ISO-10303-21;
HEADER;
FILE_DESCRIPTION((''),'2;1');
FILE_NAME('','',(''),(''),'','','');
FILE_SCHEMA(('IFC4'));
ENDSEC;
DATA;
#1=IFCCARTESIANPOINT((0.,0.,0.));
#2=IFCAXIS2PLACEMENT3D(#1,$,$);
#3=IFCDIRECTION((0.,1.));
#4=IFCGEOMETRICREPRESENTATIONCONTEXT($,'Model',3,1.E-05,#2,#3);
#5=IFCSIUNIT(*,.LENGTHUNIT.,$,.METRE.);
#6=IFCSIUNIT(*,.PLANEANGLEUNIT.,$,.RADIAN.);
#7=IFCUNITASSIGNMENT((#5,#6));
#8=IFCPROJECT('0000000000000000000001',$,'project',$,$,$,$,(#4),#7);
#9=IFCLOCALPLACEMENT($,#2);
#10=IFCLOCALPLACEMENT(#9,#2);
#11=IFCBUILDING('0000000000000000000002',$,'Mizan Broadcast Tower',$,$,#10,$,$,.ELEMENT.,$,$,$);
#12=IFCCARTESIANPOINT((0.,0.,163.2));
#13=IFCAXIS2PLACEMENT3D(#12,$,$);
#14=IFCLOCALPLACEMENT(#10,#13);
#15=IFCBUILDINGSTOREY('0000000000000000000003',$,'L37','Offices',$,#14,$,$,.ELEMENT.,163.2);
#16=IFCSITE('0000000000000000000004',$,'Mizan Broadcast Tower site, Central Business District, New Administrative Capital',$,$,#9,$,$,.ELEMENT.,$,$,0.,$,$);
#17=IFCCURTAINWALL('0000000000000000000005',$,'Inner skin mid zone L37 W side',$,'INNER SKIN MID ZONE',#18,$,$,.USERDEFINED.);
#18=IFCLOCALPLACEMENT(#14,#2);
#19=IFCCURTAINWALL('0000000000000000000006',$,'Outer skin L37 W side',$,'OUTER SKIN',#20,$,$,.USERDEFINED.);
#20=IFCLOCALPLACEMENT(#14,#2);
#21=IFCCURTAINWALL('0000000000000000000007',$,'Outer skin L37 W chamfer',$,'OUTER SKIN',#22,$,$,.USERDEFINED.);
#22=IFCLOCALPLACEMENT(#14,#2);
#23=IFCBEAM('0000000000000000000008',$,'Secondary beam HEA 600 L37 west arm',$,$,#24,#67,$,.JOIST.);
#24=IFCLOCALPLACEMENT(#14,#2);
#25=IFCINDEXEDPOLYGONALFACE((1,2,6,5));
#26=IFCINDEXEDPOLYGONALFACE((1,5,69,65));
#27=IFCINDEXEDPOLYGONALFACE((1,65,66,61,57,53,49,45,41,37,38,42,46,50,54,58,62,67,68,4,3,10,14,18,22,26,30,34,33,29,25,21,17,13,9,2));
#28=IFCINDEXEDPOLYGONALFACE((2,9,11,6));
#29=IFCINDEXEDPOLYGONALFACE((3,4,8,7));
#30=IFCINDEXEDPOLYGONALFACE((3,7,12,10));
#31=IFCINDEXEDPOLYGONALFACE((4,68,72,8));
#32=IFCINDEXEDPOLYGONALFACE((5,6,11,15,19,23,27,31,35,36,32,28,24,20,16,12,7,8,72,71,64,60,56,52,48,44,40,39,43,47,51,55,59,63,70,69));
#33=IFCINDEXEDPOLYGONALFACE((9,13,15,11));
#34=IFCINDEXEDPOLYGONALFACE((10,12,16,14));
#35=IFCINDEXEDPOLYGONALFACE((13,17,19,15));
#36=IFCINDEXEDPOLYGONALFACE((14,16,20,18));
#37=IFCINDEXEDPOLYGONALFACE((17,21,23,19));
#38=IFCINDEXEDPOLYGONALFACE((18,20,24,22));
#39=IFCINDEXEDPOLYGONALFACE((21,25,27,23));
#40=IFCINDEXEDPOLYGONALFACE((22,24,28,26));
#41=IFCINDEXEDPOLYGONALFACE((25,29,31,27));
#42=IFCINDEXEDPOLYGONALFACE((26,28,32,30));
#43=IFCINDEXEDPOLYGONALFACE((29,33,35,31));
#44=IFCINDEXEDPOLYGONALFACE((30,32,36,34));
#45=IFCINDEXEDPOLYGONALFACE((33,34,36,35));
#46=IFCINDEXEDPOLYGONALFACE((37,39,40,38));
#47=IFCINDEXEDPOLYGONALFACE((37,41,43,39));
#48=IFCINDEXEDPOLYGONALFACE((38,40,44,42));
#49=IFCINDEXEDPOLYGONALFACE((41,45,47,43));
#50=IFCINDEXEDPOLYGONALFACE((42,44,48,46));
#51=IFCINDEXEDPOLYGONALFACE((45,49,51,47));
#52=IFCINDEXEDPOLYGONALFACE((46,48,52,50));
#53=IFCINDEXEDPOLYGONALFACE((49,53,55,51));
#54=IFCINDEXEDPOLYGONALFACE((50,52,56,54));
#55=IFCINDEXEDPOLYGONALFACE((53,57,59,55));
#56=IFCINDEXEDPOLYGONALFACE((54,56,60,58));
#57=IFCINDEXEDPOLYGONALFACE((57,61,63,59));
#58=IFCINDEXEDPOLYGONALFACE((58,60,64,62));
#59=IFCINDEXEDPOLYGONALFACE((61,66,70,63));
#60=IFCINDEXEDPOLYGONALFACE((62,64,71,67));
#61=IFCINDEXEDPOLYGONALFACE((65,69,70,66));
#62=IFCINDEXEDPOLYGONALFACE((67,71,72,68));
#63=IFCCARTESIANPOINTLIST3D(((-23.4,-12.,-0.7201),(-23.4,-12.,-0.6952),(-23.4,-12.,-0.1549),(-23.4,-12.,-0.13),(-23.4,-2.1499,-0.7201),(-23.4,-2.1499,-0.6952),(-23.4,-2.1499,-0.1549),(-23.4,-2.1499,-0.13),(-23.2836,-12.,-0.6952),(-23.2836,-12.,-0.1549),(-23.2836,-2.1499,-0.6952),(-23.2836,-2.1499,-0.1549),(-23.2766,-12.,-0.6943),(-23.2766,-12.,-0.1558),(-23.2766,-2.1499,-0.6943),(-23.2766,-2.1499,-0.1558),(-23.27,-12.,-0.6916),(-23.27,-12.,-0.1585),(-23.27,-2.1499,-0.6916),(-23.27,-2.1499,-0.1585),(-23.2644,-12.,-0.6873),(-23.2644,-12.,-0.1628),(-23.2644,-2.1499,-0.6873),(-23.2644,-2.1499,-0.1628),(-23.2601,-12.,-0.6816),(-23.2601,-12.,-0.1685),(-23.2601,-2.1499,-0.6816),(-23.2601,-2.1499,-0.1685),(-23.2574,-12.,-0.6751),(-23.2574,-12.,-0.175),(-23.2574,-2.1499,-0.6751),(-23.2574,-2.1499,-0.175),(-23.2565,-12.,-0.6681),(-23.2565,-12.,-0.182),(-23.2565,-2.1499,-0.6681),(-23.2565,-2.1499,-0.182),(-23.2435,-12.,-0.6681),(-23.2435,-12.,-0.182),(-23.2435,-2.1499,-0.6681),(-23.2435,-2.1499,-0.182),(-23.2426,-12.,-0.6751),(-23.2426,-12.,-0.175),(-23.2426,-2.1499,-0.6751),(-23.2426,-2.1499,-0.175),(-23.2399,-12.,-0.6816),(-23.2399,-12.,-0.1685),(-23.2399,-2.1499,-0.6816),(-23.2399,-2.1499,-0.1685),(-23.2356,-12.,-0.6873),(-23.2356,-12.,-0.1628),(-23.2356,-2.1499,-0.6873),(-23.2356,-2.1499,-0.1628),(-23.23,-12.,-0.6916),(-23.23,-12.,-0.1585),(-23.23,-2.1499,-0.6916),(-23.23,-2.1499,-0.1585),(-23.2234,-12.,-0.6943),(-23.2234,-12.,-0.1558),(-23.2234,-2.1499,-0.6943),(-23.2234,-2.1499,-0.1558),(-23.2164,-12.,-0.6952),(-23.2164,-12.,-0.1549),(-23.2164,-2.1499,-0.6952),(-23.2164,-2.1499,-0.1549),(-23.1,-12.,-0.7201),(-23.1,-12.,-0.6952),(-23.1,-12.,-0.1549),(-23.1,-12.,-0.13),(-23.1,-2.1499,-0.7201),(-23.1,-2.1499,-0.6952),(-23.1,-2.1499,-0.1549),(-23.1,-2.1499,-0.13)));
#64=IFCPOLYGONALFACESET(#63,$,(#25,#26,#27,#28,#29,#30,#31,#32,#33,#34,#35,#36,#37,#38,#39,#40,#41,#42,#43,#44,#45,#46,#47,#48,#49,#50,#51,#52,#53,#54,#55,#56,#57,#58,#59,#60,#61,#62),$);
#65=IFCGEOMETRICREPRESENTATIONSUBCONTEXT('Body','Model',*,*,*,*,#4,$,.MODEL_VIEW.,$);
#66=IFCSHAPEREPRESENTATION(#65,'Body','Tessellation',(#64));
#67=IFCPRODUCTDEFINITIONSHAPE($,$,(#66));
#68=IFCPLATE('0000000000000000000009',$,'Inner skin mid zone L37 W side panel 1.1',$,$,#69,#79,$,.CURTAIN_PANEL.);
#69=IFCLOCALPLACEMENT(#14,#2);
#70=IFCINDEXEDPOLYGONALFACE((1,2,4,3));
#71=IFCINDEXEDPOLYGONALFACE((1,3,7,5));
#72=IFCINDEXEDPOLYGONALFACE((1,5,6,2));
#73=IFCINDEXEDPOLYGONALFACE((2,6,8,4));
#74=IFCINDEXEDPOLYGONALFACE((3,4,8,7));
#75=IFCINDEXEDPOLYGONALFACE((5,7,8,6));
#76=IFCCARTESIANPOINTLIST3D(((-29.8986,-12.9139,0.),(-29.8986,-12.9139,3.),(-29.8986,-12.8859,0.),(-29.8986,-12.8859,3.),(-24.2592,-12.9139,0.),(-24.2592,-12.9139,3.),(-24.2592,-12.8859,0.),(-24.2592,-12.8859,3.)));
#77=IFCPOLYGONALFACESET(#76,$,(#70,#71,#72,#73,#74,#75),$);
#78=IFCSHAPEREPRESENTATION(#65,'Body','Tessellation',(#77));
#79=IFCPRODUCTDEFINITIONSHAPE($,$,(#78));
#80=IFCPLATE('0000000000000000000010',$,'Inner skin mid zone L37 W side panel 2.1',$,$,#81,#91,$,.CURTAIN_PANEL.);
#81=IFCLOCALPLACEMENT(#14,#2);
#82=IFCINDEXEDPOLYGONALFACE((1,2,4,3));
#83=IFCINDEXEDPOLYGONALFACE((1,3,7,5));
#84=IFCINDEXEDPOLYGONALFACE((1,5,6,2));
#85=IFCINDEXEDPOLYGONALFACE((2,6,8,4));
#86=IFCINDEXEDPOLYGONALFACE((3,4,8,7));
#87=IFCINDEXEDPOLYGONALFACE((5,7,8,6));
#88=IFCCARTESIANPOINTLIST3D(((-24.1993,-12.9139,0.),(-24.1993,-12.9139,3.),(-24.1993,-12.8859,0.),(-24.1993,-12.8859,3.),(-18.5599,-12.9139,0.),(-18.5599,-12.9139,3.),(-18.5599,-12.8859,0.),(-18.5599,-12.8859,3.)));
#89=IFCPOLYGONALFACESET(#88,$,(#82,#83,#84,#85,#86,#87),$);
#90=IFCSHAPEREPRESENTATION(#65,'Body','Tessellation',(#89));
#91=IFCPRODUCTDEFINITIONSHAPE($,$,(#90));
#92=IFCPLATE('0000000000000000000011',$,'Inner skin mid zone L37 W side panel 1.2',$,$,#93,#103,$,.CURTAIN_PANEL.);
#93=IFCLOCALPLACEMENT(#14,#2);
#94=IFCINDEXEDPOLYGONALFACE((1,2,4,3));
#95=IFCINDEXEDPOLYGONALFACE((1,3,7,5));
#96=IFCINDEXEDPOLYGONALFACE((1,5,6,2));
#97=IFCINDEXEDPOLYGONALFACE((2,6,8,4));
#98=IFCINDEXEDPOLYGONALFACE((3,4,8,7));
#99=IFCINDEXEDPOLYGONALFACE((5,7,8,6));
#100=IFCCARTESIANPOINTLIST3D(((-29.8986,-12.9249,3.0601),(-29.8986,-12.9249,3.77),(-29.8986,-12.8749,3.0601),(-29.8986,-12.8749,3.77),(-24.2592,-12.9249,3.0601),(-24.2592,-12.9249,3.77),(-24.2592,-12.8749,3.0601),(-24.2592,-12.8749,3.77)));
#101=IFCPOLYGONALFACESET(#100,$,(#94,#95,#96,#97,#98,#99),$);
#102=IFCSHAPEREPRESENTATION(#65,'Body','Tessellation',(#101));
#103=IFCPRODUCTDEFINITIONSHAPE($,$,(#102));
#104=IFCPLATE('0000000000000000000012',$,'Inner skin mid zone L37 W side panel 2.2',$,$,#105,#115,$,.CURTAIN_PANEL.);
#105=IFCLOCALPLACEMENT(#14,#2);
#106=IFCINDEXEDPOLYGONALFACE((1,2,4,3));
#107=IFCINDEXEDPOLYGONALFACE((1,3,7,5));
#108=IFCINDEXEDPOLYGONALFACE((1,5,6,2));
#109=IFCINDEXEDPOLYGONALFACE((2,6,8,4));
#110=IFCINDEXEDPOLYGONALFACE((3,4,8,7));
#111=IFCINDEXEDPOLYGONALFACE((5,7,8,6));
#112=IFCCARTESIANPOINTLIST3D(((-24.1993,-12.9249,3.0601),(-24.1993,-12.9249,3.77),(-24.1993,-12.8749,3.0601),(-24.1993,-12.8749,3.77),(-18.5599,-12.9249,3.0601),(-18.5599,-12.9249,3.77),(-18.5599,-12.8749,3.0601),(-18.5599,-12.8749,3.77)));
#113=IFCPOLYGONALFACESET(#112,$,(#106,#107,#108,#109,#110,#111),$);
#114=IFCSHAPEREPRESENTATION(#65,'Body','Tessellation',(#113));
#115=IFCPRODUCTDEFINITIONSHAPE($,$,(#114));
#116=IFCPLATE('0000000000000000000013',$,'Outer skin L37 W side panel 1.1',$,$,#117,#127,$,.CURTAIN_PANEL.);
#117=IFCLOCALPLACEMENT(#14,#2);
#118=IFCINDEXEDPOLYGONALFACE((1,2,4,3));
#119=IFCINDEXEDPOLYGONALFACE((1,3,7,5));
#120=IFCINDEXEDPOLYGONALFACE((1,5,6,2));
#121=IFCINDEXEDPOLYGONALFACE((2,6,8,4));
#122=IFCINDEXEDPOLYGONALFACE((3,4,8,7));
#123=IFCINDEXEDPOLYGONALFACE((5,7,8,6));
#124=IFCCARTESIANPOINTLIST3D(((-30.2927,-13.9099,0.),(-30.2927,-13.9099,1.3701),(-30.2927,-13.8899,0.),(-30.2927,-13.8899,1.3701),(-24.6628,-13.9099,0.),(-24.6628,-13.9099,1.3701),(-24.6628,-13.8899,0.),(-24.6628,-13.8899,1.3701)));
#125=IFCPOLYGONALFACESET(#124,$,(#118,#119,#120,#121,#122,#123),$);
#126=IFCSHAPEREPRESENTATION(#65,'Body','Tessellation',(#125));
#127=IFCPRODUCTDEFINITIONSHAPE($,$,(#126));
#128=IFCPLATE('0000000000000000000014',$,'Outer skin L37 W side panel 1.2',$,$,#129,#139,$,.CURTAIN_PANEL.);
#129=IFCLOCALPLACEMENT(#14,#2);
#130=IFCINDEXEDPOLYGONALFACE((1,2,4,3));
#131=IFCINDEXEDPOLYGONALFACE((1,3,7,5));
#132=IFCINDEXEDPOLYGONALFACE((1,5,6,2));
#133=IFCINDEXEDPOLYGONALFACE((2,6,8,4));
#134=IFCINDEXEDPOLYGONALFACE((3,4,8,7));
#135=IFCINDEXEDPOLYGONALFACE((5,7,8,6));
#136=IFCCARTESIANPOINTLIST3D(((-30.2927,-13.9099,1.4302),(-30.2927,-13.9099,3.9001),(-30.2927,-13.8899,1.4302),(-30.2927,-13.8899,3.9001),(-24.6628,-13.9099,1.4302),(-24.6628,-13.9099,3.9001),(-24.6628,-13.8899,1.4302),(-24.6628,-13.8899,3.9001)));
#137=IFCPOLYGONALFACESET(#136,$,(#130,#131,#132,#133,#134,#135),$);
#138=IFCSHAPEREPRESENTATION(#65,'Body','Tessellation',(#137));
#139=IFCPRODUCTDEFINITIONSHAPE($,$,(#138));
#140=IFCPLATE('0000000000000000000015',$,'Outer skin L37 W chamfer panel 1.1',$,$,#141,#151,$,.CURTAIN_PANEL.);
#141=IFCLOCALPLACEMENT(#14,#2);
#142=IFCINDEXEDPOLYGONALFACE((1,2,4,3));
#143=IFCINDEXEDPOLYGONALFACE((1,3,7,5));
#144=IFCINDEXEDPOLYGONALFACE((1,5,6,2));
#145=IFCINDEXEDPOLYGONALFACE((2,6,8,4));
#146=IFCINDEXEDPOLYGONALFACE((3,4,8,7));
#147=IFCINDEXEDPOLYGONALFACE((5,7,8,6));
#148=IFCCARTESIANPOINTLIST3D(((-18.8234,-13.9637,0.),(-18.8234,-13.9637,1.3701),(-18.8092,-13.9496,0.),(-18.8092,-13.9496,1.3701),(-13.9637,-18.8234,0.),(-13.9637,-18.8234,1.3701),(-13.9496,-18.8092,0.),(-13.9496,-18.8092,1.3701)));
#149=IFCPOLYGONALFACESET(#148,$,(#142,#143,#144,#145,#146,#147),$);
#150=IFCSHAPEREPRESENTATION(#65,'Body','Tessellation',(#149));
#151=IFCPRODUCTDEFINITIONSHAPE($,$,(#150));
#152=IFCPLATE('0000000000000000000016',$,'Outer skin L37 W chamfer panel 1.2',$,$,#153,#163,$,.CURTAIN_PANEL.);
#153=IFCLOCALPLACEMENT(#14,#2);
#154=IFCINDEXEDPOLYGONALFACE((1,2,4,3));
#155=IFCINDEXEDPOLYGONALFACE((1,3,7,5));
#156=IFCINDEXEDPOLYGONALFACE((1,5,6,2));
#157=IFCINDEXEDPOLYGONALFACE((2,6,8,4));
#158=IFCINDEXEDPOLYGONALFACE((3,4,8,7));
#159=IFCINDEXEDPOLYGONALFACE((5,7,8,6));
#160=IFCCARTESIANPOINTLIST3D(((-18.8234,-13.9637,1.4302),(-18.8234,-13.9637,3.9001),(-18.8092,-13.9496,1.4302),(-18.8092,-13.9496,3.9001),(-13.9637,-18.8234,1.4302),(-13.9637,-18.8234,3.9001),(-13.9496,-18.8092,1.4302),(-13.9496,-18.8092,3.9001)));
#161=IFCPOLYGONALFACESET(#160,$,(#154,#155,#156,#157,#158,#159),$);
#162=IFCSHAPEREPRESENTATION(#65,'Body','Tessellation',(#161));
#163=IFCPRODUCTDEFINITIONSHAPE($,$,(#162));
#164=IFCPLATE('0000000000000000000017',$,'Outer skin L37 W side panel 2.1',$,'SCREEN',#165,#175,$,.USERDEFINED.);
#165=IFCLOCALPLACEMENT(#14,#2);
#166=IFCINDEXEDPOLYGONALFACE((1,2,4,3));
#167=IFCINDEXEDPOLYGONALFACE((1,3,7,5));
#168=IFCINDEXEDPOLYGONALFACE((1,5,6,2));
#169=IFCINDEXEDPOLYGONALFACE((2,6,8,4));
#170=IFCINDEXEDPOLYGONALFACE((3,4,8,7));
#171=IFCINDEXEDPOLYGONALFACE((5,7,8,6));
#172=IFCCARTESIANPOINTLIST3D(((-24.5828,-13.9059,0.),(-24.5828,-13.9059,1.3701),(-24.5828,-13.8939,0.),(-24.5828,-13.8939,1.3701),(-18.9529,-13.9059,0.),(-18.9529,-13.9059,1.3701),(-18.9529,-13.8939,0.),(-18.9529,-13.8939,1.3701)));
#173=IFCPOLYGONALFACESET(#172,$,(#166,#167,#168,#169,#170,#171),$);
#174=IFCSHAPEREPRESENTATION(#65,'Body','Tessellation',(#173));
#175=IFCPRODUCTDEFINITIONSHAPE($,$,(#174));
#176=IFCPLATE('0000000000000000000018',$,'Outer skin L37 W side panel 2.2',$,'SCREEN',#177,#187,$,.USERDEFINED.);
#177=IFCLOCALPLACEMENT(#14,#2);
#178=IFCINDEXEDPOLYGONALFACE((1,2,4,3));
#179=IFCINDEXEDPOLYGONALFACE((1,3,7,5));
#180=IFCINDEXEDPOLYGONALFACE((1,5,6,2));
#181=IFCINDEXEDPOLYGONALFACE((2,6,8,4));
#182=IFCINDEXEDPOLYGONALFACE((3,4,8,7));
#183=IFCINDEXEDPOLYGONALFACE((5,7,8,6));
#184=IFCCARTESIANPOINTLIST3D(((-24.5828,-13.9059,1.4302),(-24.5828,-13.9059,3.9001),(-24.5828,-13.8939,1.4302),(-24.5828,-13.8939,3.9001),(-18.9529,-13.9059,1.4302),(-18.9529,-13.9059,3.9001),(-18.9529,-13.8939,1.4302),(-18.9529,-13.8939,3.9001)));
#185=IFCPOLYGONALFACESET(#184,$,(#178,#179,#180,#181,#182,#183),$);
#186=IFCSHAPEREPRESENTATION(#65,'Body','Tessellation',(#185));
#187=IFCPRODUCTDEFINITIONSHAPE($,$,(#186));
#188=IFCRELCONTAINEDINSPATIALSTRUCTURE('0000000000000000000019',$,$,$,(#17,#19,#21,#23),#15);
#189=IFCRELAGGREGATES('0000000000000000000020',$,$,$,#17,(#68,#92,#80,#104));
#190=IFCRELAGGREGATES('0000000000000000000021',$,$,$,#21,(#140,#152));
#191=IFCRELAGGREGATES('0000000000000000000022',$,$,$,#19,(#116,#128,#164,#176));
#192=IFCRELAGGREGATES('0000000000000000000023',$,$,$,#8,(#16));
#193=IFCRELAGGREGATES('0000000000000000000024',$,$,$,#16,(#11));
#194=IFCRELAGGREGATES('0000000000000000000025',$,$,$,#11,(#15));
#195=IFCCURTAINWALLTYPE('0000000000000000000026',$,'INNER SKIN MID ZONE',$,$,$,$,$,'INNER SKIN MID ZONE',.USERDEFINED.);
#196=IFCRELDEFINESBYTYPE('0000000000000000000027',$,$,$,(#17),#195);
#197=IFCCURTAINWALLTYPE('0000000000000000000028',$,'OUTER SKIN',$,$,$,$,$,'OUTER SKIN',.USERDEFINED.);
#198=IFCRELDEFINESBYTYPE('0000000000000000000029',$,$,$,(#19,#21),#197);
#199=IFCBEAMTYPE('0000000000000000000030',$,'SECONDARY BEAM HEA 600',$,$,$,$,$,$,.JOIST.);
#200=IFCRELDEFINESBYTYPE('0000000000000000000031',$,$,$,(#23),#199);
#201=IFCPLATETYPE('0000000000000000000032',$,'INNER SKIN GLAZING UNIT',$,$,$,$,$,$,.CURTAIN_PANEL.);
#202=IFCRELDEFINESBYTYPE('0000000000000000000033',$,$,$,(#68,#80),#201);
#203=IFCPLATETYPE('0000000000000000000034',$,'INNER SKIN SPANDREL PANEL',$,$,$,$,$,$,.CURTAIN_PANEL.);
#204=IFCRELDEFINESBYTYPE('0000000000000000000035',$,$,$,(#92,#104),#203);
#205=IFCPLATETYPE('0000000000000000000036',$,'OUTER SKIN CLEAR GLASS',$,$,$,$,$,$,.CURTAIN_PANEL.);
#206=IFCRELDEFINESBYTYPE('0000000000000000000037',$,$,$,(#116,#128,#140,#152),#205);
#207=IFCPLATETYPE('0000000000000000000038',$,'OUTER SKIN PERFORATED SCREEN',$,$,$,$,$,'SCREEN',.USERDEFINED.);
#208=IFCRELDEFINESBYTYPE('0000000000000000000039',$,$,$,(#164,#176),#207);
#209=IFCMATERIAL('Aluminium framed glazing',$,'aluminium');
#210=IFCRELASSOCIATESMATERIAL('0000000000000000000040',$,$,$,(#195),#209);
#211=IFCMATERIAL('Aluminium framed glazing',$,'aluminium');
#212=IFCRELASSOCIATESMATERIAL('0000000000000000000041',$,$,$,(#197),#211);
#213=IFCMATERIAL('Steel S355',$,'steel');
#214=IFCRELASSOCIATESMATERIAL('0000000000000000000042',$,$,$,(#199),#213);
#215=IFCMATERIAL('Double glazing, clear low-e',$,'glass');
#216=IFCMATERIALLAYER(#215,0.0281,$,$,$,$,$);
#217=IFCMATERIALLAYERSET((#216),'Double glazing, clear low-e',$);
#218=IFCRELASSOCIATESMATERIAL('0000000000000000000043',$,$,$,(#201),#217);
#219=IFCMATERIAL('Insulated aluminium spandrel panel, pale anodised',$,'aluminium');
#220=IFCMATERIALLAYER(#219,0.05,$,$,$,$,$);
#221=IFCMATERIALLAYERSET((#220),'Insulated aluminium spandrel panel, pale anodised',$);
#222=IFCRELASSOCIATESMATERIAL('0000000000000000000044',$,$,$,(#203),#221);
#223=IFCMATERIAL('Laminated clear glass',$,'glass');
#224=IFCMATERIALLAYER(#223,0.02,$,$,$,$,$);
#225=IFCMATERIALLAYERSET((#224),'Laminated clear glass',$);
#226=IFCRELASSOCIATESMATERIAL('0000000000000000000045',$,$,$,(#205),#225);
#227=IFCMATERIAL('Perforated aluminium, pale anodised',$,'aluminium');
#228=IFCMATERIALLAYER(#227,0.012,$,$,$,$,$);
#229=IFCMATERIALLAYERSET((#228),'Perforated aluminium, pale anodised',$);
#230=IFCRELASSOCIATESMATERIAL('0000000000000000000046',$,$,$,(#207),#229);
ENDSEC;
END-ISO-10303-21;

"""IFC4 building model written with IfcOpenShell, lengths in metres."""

from ifc_helpers import new_model, si_unit, direction, frame, origin, origin_2d, place, context, subcontext, project, spatial, rectangle, i_section, extrude, material, layer, layer_set, material_profile, profile_set, type_object, element, aggregate, save


model = new_model("IFC4")

# Units and contexts
model_context = context("Model", 3, precision=1e-05, world=origin(), true_north=direction((0.0, 1.0)))
body_context = subcontext(model_context, "Body", "Model", "MODEL_VIEW")
ifc_project = project(units=[si_unit("LENGTHUNIT", "METRE"), si_unit("PLANEANGLEUNIT", "RADIAN")], contexts=[model_context])

# Site, building, storey
site_placement = place(None, origin())
site = spatial("IfcSite", under=ifc_project, at=site_placement, Name="Mizan Broadcast Tower site, Central Business District, New Administrative Capital", CompositionType="ELEMENT", RefElevation=0.0)
building_placement = place(site_placement, origin())
building = spatial("IfcBuilding", under=site, at=building_placement, Name="Mizan Broadcast Tower", CompositionType="ELEMENT")
storey_placement = place(building_placement, frame((0.0, 0.0, 163.2)))
storey = spatial("IfcBuildingStorey", under=building, at=storey_placement, Name="L37", Description="Offices", CompositionType="ELEMENT", Elevation=163.2)

# Curtain walls
ifc_material_1 = material(Name="Aluminium framed glazing", Category="aluminium")
curtain_wall_type_1 = type_object("IfcCurtainWallType", Name="INNER SKIN MID ZONE", ElementType="INNER SKIN MID ZONE", PredefinedType="USERDEFINED", material=ifc_material_1)
curtain_wall_1_placement = place(storey_placement, origin())
curtain_wall_1 = element("IfcCurtainWall", 1, at=curtain_wall_1_placement, inside=storey, type_object=curtain_wall_type_1, Name="Inner skin mid zone L37 W side", ObjectType="INNER SKIN MID ZONE", PredefinedType="USERDEFINED")
ifc_material_2 = material(Name="Aluminium framed glazing", Category="aluminium")
curtain_wall_type_2 = type_object("IfcCurtainWallType", Name="OUTER SKIN", ElementType="OUTER SKIN", PredefinedType="USERDEFINED", material=ifc_material_2)
curtain_wall_2_placement = place(storey_placement, origin())
curtain_wall_2 = element("IfcCurtainWall", 2, at=curtain_wall_2_placement, inside=storey, type_object=curtain_wall_type_2, Name="Outer skin L37 W side", ObjectType="OUTER SKIN", PredefinedType="USERDEFINED")

# Curtain wall
curtain_wall_3_placement = place(storey_placement, origin())
curtain_wall_3 = element("IfcCurtainWall", 3, at=curtain_wall_3_placement, inside=storey, type_object=curtain_wall_type_2, Name="Outer skin L37 W chamfer", ObjectType="OUTER SKIN", PredefinedType="USERDEFINED")

# Beam
ifc_material_3 = material(Name="Steel S355", Category="steel")
ifc_material_profile_1 = material_profile(ifc_material_3, i_section(OverallWidth=0.3, OverallDepth=0.5901, WebThickness=0.0129, FlangeThickness=0.0249, FilletRadius=0.0271, at=origin_2d()), Name="HEA 600")
ifc_profile_set_1 = profile_set([ifc_material_profile_1], Name="Steel S355")
beam_type_1 = type_object("IfcBeamType", Name="SECONDARY BEAM HEA 600", PredefinedType="JOIST", material=ifc_profile_set_1)
for number, where, z_axis, x_axis, name in (
    (4, (-23.25, -12.0, -0.425), (0.0, 1.0, 0.0), (-1.0, 0.0, 0.0), "Secondary beam HEA 600 L37 west arm"),
):
    element("IfcBeam", number, at=place(storey_placement, frame(where, z_axis=z_axis, x_axis=x_axis)), inside=storey, type_object=beam_type_1, Name=name, PredefinedType="JOIST", context=body_context, shape_type="SweptSolid", body=[
        extrude(i_section(OverallWidth=0.3, OverallDepth=0.5901, WebThickness=0.0129, FlangeThickness=0.0249, FilletRadius=0.0271, at=origin_2d()), origin(), (0.0, 0.0, 1.0), 9.8501),
    ])

# Plates
ifc_material_4 = material(Name="Double glazing, clear low-e", Category="glass")
ifc_layer_1 = layer(ifc_material_4, 0.0281)
ifc_layer_set_1 = layer_set([ifc_layer_1], Name="Double glazing, clear low-e")
plate_type_1 = type_object("IfcPlateType", Name="INNER SKIN GLAZING UNIT", PredefinedType="CURTAIN_PANEL", material=ifc_layer_set_1)
plate_1_placement = place(storey_placement, frame((-27.0789, -12.8999, 0.0), z_axis=(0.0, 0.0, 1.0), x_axis=(1.0, 0.0, 0.0)))
plate_1 = element("IfcPlate", 5, at=plate_1_placement, type_object=plate_type_1, Name="Inner skin mid zone L37 W side panel 1.1", PredefinedType="CURTAIN_PANEL", context=body_context, shape_type="SweptSolid", body=[
    extrude(rectangle(XDim=5.6394, YDim=0.0281, at=origin_2d()), origin(), (0.0, 0.0, 1.0), 3.0),
])
plate_2_placement = place(storey_placement, frame((-21.3796, -12.8999, 0.0), z_axis=(0.0, 0.0, 1.0), x_axis=(1.0, 0.0, 0.0)))
plate_2 = element("IfcPlate", 6, at=plate_2_placement, type_object=plate_type_1, Name="Inner skin mid zone L37 W side panel 2.1", PredefinedType="CURTAIN_PANEL", context=body_context, shape_type="SweptSolid", body=[
    extrude(rectangle(XDim=5.6394, YDim=0.0281, at=origin_2d()), origin(), (0.0, 0.0, 1.0), 3.0),
])
ifc_material_5 = material(Name="Insulated aluminium spandrel panel, pale anodised", Category="aluminium")
ifc_layer_2 = layer(ifc_material_5, 0.05)
ifc_layer_set_2 = layer_set([ifc_layer_2], Name="Insulated aluminium spandrel panel, pale anodised")
plate_type_2 = type_object("IfcPlateType", Name="INNER SKIN SPANDREL PANEL", PredefinedType="CURTAIN_PANEL", material=ifc_layer_set_2)
plate_3_placement = place(storey_placement, frame((-27.0789, -12.8999, 3.0601), z_axis=(0.0, 0.0, 1.0), x_axis=(1.0, 0.0, 0.0)))
plate_3 = element("IfcPlate", 7, at=plate_3_placement, type_object=plate_type_2, Name="Inner skin mid zone L37 W side panel 1.2", PredefinedType="CURTAIN_PANEL", context=body_context, shape_type="SweptSolid", body=[
    extrude(rectangle(XDim=5.6394, YDim=0.05, at=origin_2d()), origin(), (0.0, 0.0, 1.0), 0.71),
])
plate_4_placement = place(storey_placement, frame((-21.3796, -12.8999, 3.0601), z_axis=(0.0, 0.0, 1.0), x_axis=(1.0, 0.0, 0.0)))
plate_4 = element("IfcPlate", 8, at=plate_4_placement, type_object=plate_type_2, Name="Inner skin mid zone L37 W side panel 2.2", PredefinedType="CURTAIN_PANEL", context=body_context, shape_type="SweptSolid", body=[
    extrude(rectangle(XDim=5.6394, YDim=0.05, at=origin_2d()), origin(), (0.0, 0.0, 1.0), 0.71),
])
aggregate(curtain_wall_1, [plate_1, plate_3, plate_2, plate_4])
ifc_material_6 = material(Name="Laminated clear glass", Category="glass")
ifc_layer_3 = layer(ifc_material_6, 0.02)
ifc_layer_set_3 = layer_set([ifc_layer_3], Name="Laminated clear glass")
plate_type_3 = type_object("IfcPlateType", Name="OUTER SKIN CLEAR GLASS", PredefinedType="CURTAIN_PANEL", material=ifc_layer_set_3)
plate_5_placement = place(storey_placement, frame((-27.4778, -13.8999, 0.0), z_axis=(0.0, 0.0, 1.0), x_axis=(1.0, 0.0, 0.0)))
plate_5 = element("IfcPlate", 9, at=plate_5_placement, type_object=plate_type_3, Name="Outer skin L37 W side panel 1.1", PredefinedType="CURTAIN_PANEL", context=body_context, shape_type="SweptSolid", body=[
    extrude(rectangle(XDim=5.6299, YDim=0.02, at=origin_2d()), origin(), (0.0, 0.0, 1.0), 1.3701),
])
plate_6_placement = place(storey_placement, frame((-27.4778, -13.8999, 1.4302), z_axis=(0.0, 0.0, 1.0), x_axis=(1.0, 0.0, 0.0)))
plate_6 = element("IfcPlate", 10, at=plate_6_placement, type_object=plate_type_3, Name="Outer skin L37 W side panel 1.2", PredefinedType="CURTAIN_PANEL", context=body_context, shape_type="SweptSolid", body=[
    extrude(rectangle(XDim=5.6299, YDim=0.02, at=origin_2d()), origin(), (0.0, 0.0, 1.0), 2.47),
])
plate_7_placement = place(storey_placement, frame((-16.3865, -16.3865, 0.0), z_axis=(0.0, 0.0, 1.0), x_axis=(0.707107, -0.707107, 0.0)))
plate_7 = element("IfcPlate", 11, at=plate_7_placement, type_object=plate_type_3, Name="Outer skin L37 W chamfer panel 1.1", PredefinedType="CURTAIN_PANEL", context=body_context, shape_type="SweptSolid", body=[
    extrude(rectangle(XDim=6.8726, YDim=0.02, at=origin_2d()), origin(), (0.0, 0.0, 1.0), 1.3701),
])
plate_8_placement = place(storey_placement, frame((-16.3865, -16.3865, 1.4302), z_axis=(0.0, 0.0, 1.0), x_axis=(0.707107, -0.707107, 0.0)))
plate_8 = element("IfcPlate", 12, at=plate_8_placement, type_object=plate_type_3, Name="Outer skin L37 W chamfer panel 1.2", PredefinedType="CURTAIN_PANEL", context=body_context, shape_type="SweptSolid", body=[
    extrude(rectangle(XDim=6.8726, YDim=0.02, at=origin_2d()), origin(), (0.0, 0.0, 1.0), 2.47),
])
aggregate(curtain_wall_3, [plate_7, plate_8])
ifc_material_7 = material(Name="Perforated aluminium, pale anodised", Category="aluminium")
ifc_layer_4 = layer(ifc_material_7, 0.012)
ifc_layer_set_4 = layer_set([ifc_layer_4], Name="Perforated aluminium, pale anodised")
plate_type_4 = type_object("IfcPlateType", Name="OUTER SKIN PERFORATED SCREEN", ElementType="SCREEN", PredefinedType="USERDEFINED", material=ifc_layer_set_4)
plate_9_placement = place(storey_placement, frame((-21.7678, -13.8999, 0.0), z_axis=(0.0, 0.0, 1.0), x_axis=(1.0, 0.0, 0.0)))
plate_9 = element("IfcPlate", 13, at=plate_9_placement, type_object=plate_type_4, Name="Outer skin L37 W side panel 2.1", ObjectType="SCREEN", PredefinedType="USERDEFINED", context=body_context, shape_type="SweptSolid", body=[
    extrude(rectangle(XDim=5.6299, YDim=0.012, at=origin_2d()), origin(), (0.0, 0.0, 1.0), 1.3701),
])
plate_10_placement = place(storey_placement, frame((-21.7678, -13.8999, 1.4302), z_axis=(0.0, 0.0, 1.0), x_axis=(1.0, 0.0, 0.0)))
plate_10 = element("IfcPlate", 14, at=plate_10_placement, type_object=plate_type_4, Name="Outer skin L37 W side panel 2.2", ObjectType="SCREEN", PredefinedType="USERDEFINED", context=body_context, shape_type="SweptSolid", body=[
    extrude(rectangle(XDim=5.6299, YDim=0.012, at=origin_2d()), origin(), (0.0, 0.0, 1.0), 2.47),
])
aggregate(curtain_wall_2, [plate_5, plate_6, plate_9, plate_10])

save(model, "model.ifc")
